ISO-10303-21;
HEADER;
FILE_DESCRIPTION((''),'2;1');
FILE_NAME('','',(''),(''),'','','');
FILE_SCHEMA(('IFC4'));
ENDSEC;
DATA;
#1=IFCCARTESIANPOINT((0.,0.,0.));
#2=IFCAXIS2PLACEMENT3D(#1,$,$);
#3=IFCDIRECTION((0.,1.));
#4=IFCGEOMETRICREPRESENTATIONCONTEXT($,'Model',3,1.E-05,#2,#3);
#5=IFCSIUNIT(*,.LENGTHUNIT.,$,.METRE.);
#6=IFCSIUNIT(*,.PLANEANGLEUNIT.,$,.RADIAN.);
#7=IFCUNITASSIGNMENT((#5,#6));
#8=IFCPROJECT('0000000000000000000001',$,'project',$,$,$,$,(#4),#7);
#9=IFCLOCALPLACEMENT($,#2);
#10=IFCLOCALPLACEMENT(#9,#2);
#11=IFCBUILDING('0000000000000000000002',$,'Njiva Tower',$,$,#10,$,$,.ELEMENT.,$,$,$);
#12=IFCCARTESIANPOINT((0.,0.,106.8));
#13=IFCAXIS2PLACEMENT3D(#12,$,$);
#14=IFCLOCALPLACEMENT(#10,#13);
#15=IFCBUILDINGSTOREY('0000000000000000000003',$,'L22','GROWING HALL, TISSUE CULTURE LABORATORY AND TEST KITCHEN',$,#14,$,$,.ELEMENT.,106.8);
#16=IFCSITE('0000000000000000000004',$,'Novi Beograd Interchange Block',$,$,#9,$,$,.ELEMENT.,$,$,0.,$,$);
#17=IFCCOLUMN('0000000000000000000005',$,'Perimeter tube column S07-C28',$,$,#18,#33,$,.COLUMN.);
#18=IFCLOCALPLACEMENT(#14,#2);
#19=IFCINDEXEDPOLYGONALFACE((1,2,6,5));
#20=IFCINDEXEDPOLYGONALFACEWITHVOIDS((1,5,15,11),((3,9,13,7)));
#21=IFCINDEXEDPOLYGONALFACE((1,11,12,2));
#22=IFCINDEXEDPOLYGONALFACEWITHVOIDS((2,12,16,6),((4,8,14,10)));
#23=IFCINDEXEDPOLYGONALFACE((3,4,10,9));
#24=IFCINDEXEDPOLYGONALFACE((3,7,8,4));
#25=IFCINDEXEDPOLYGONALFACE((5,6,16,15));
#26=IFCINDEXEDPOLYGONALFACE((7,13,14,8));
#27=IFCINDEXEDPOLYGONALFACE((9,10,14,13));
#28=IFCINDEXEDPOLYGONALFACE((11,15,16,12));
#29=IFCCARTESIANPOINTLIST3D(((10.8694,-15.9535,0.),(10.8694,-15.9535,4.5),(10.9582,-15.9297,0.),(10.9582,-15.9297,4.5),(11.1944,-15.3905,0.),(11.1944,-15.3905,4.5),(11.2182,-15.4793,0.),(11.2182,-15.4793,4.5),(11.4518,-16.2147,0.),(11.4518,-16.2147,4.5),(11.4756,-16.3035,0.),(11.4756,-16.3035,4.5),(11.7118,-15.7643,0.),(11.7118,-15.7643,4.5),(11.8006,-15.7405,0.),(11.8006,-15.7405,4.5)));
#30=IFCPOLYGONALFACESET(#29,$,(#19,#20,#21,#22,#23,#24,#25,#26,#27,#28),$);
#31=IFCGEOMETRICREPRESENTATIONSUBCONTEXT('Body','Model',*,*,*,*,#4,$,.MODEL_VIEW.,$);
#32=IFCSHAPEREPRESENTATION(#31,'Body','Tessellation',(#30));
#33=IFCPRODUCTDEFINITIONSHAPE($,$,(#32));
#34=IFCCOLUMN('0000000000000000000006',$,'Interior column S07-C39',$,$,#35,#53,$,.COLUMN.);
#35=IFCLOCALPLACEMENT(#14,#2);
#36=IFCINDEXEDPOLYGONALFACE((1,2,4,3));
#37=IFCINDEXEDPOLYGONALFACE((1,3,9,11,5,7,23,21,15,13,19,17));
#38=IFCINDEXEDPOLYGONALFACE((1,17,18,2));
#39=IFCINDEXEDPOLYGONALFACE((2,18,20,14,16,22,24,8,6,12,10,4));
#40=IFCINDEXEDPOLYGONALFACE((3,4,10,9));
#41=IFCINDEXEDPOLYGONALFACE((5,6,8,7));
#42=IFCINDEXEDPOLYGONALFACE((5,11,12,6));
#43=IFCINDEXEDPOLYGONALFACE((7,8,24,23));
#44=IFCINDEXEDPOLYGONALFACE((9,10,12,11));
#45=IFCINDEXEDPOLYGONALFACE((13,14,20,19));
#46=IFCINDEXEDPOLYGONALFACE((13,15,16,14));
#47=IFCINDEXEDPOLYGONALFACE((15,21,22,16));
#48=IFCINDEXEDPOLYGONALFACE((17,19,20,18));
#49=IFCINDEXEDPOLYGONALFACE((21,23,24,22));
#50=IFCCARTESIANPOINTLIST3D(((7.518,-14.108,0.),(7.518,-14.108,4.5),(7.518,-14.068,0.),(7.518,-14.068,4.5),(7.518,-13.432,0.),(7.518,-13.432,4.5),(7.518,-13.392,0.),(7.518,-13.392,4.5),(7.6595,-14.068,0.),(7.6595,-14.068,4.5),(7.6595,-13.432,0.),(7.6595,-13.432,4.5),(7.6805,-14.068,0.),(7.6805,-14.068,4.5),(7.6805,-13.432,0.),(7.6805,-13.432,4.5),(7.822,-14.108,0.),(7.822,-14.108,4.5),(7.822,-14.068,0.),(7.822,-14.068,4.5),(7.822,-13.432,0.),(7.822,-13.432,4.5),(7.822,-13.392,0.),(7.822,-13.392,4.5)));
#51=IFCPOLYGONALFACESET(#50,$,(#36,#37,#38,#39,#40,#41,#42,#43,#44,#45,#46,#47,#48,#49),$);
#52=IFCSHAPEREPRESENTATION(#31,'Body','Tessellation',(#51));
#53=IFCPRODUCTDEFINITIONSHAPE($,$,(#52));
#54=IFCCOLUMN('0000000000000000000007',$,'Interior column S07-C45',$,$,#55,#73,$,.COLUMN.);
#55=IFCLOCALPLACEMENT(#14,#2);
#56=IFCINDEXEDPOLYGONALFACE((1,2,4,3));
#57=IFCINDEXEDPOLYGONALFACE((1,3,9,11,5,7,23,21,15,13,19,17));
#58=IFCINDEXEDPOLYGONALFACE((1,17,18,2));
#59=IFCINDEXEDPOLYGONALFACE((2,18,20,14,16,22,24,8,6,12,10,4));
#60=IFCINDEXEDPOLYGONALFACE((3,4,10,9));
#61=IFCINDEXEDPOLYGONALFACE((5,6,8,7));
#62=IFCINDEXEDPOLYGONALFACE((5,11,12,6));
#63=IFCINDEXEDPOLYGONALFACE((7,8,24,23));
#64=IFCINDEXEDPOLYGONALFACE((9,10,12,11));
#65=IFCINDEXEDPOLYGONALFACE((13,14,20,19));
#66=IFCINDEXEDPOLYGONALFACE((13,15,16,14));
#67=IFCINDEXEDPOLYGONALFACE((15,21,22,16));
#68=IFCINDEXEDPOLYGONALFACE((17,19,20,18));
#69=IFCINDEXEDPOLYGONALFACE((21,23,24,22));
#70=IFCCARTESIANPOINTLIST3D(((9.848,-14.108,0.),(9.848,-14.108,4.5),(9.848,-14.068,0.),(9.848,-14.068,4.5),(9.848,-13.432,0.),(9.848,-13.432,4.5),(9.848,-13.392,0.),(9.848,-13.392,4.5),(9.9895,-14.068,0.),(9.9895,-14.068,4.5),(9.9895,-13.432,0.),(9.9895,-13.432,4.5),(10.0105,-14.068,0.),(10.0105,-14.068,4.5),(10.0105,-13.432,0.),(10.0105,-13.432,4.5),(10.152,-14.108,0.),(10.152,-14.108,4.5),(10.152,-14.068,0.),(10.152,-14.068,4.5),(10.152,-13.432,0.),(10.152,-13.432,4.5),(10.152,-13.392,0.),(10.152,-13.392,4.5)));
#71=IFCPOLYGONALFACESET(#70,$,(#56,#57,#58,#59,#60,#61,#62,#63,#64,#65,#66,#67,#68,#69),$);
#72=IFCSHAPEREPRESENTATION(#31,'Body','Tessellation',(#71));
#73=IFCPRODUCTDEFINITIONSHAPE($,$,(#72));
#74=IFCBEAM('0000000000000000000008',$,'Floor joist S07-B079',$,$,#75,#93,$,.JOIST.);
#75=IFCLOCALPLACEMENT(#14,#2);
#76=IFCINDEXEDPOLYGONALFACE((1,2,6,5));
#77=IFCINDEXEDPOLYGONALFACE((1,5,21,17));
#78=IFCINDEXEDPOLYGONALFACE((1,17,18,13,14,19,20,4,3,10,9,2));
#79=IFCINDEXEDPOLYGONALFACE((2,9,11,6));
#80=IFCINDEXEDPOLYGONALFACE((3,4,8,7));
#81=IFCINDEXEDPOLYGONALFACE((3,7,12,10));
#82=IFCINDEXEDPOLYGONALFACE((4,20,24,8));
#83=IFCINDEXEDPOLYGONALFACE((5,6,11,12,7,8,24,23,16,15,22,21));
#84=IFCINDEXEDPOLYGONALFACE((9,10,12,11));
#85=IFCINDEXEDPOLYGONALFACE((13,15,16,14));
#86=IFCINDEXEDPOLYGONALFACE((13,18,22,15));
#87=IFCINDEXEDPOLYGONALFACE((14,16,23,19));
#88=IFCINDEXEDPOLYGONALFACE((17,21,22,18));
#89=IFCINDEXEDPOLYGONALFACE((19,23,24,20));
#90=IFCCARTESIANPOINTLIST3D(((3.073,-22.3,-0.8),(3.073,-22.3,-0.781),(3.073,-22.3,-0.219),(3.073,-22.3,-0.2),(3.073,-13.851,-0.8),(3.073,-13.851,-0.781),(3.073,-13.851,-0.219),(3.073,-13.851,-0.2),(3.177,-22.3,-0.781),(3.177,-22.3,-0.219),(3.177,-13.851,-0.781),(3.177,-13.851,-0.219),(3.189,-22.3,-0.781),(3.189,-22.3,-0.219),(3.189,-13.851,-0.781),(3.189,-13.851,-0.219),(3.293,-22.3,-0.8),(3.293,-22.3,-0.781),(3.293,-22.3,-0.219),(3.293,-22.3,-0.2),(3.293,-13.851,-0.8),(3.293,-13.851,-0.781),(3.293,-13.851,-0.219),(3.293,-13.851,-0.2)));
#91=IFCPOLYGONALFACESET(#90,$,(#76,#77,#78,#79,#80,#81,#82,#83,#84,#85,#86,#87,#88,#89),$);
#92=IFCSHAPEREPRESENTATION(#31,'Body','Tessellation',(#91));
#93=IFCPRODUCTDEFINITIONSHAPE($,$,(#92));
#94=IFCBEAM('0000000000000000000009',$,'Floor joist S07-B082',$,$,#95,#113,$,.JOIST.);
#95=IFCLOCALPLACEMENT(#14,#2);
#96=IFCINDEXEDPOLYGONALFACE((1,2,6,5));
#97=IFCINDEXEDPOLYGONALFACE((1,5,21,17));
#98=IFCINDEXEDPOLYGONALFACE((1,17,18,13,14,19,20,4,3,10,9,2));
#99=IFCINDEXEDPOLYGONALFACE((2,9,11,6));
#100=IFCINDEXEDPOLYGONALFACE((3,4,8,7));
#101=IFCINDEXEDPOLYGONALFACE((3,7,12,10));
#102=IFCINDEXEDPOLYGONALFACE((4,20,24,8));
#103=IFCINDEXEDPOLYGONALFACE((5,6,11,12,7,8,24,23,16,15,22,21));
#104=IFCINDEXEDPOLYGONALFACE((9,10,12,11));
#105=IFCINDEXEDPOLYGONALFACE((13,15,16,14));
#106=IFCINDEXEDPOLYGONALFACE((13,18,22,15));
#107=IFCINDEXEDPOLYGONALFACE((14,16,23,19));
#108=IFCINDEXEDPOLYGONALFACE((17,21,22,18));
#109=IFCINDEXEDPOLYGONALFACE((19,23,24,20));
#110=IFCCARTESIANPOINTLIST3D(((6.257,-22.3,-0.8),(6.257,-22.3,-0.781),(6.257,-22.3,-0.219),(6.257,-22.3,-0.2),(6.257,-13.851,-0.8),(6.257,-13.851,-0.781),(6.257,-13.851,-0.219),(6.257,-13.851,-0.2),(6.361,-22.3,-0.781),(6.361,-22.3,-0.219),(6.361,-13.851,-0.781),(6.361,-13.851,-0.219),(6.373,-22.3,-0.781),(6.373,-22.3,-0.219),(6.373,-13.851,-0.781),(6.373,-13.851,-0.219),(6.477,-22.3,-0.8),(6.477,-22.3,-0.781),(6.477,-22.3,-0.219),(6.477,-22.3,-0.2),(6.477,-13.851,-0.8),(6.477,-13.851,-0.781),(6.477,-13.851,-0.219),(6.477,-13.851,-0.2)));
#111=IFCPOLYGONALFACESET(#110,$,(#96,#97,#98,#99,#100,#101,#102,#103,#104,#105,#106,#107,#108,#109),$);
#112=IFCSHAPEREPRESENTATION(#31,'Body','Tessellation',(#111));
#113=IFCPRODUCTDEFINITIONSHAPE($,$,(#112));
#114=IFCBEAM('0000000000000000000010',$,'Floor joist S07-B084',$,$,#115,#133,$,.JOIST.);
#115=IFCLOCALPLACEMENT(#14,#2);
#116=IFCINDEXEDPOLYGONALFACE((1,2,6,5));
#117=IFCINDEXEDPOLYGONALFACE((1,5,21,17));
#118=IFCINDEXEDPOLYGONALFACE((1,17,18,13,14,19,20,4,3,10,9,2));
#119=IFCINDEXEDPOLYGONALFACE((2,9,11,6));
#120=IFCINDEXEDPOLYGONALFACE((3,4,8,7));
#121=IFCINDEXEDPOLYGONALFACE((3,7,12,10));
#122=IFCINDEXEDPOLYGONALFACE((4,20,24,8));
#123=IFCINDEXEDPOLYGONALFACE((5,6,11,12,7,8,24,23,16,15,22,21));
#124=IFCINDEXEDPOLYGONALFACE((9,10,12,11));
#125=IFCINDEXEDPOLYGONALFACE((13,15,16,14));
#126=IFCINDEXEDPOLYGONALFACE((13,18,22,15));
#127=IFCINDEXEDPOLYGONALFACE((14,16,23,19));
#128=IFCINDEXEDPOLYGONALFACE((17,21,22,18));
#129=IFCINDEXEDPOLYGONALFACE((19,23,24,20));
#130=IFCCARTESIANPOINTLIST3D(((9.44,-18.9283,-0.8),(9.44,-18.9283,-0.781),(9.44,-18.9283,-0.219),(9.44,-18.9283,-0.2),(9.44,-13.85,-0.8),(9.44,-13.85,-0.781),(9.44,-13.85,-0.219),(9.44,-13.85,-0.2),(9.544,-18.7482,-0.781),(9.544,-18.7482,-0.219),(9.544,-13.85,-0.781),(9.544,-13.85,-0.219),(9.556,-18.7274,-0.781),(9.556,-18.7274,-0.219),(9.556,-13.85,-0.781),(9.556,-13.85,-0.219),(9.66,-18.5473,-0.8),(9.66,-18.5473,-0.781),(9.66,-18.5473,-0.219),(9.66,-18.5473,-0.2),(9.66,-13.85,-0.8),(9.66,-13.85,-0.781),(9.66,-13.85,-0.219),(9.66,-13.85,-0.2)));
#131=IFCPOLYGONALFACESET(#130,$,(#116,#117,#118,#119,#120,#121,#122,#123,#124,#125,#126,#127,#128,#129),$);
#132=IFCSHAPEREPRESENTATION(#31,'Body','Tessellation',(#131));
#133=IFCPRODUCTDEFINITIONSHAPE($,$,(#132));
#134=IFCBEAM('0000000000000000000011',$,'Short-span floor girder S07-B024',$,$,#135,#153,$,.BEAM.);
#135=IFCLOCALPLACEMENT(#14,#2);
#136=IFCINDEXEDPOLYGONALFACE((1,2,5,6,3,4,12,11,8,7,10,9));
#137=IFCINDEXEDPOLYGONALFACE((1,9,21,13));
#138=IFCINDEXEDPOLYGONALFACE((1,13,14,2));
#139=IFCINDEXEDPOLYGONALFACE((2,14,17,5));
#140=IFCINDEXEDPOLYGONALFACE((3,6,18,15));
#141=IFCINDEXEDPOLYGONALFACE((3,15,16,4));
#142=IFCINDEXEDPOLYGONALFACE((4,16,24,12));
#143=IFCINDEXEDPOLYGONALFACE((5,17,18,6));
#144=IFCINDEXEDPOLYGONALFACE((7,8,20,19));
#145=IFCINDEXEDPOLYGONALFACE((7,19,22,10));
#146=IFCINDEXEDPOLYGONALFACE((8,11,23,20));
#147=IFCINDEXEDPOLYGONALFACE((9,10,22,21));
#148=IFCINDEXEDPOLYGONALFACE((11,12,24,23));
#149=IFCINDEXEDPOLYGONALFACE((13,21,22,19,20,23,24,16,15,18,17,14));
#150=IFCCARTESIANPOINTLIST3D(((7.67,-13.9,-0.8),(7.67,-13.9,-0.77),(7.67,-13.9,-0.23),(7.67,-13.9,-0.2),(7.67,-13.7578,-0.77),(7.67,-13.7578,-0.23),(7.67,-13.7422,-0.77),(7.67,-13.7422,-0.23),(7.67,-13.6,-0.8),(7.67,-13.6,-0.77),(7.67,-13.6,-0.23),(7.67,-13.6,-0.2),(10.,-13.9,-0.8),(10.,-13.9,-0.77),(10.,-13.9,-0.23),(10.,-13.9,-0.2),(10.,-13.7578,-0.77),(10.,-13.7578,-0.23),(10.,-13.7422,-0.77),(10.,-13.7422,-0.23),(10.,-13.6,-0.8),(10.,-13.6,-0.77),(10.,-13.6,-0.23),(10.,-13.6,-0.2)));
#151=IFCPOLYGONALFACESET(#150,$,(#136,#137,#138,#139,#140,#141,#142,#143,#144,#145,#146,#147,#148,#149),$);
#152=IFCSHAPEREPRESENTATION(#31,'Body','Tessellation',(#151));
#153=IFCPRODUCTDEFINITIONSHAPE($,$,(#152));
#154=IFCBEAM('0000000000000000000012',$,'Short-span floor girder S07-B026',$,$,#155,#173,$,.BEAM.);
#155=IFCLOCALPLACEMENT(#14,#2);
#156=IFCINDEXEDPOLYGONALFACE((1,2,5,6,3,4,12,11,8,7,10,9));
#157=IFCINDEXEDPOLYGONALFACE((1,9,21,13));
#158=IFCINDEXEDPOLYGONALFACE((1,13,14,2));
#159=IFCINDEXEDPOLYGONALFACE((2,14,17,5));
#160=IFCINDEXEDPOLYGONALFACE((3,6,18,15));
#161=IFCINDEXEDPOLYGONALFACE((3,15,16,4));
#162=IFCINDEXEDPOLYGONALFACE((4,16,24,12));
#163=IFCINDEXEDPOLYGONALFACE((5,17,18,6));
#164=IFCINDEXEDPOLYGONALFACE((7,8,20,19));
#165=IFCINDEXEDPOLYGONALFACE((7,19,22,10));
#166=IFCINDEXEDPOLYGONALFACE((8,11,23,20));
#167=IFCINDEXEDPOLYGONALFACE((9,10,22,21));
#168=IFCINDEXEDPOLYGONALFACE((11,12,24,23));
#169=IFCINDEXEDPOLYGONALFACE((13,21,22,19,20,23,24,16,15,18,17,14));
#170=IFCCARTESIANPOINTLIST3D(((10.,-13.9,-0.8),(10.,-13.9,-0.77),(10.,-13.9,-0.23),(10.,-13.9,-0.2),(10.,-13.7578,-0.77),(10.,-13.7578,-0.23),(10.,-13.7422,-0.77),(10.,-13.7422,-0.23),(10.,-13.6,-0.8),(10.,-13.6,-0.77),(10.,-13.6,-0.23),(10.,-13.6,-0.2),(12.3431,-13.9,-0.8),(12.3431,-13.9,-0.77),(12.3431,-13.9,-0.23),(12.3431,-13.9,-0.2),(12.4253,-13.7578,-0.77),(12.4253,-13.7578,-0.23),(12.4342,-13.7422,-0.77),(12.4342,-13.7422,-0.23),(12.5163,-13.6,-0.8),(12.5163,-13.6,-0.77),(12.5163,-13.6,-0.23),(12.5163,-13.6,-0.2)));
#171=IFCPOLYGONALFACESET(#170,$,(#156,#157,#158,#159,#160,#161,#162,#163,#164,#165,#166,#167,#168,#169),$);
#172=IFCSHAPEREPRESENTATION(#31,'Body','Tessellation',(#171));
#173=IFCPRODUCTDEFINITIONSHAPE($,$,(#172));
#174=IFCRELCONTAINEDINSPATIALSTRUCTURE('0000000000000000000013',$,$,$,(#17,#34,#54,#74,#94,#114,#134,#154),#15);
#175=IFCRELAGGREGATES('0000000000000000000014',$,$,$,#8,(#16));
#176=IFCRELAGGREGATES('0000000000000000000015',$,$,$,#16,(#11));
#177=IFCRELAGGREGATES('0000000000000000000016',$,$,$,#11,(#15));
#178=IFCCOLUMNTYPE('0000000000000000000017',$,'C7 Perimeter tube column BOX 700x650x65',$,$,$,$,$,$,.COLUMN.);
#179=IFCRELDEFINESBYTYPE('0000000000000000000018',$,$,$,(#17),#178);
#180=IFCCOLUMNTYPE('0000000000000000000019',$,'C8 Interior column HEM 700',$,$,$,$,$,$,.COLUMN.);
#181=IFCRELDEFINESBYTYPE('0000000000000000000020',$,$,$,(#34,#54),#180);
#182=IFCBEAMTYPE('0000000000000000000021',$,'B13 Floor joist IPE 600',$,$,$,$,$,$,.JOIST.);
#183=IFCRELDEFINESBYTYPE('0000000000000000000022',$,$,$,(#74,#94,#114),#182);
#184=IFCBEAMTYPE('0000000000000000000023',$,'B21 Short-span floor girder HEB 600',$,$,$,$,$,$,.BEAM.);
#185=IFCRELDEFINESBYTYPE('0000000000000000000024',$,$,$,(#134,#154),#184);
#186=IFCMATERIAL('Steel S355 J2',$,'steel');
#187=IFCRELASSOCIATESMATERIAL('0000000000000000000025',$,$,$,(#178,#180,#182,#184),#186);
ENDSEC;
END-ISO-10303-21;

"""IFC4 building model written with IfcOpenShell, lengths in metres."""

from ifc_helpers import new_model, si_unit, direction, frame, origin, origin_2d, place, context, subcontext, project, spatial, hollow_rectangle, i_section, extrude, clip, halfspace, material, material_profile, profile_set, type_object, element, save


model = new_model("IFC4")

# Units and contexts
model_context = context("Model", 3, precision=1e-05, world=origin(), true_north=direction((0.0, 1.0)))
body_context = subcontext(model_context, "Body", "Model", "MODEL_VIEW")
ifc_project = project(units=[si_unit("LENGTHUNIT", "METRE"), si_unit("PLANEANGLEUNIT", "RADIAN")], contexts=[model_context])

# Site, building, storey
site_placement = place(None, origin())
site = spatial("IfcSite", under=ifc_project, at=site_placement, Name="Novi Beograd Interchange Block", CompositionType="ELEMENT", RefElevation=0.0)
building_placement = place(site_placement, origin())
building = spatial("IfcBuilding", under=site, at=building_placement, Name="Njiva Tower", CompositionType="ELEMENT")
storey_placement = place(building_placement, frame((0.0, 0.0, 106.8)))
storey = spatial("IfcBuildingStorey", under=building, at=storey_placement, Name="L22", Description="GROWING HALL, TISSUE CULTURE LABORATORY AND TEST KITCHEN", CompositionType="ELEMENT", Elevation=106.8)

# Columns
ifc_material_1 = material(Name="Steel S355 J2", Category="steel")
ifc_material_profile_1 = material_profile(ifc_material_1, hollow_rectangle(XDim=0.65, YDim=0.7, WallThickness=0.065, at=origin_2d()), Name="BOX 700x650x65")
ifc_profile_set_1 = profile_set([ifc_material_profile_1], Name="Steel S355 J2")
column_type_1 = type_object("IfcColumnType", Name="C7 Perimeter tube column BOX 700x650x65", PredefinedType="COLUMN", material=ifc_profile_set_1)
column_placement = place(storey_placement, frame((11.335, -15.847, 0.0), z_axis=(0.0, 0.0, 1.0), x_axis=(0.5, 0.866025, 0.0)))
element("IfcColumn", 1, at=column_placement, inside=storey, type_object=column_type_1, Name="Perimeter tube column S07-C28", PredefinedType="COLUMN", context=body_context, shape_type="SweptSolid", body=[
    extrude(hollow_rectangle(XDim=0.65, YDim=0.7, WallThickness=0.065, at=origin_2d()), origin(), (0.0, 0.0, 1.0), 4.5),
])
ifc_material_profile_2 = material_profile(ifc_material_1, i_section(OverallWidth=0.304, OverallDepth=0.716, WebThickness=0.021, FlangeThickness=0.04, at=origin_2d()), Name="HEM 700")
ifc_profile_set_2 = profile_set([ifc_material_profile_2], Name="Steel S355 J2")
column_type_2 = type_object("IfcColumnType", Name="C8 Interior column HEM 700", PredefinedType="COLUMN", material=ifc_profile_set_2)
for number, where, z_axis, x_axis, name in (
    (2, (7.67, -13.75, 0.0), (0.0, 0.0, 1.0), (1.0, 0.0, 0.0), "Interior column S07-C39"),
    (3, (10.0, -13.75, 0.0), (0.0, 0.0, 1.0), (1.0, 0.0, 0.0), "Interior column S07-C45"),
):
    element("IfcColumn", number, at=place(storey_placement, frame(where, z_axis=z_axis, x_axis=x_axis)), inside=storey, type_object=column_type_2, Name=name, PredefinedType="COLUMN", context=body_context, shape_type="SweptSolid", body=[
        extrude(i_section(OverallWidth=0.304, OverallDepth=0.716, WebThickness=0.021, FlangeThickness=0.04, at=origin_2d()), origin(), (0.0, 0.0, 1.0), 4.5),
    ])

# Beams
ifc_material_profile_3 = material_profile(ifc_material_1, i_section(OverallWidth=0.22, OverallDepth=0.6, WebThickness=0.012, FlangeThickness=0.019, at=origin_2d()), Name="IPE 600")
ifc_profile_set_3 = profile_set([ifc_material_profile_3], Name="Steel S355 J2")
beam_type_1 = type_object("IfcBeamType", Name="B13 Floor joist IPE 600", PredefinedType="JOIST", material=ifc_profile_set_3)
for number, where, z_axis, x_axis, name in (
    (4, (3.183, -13.851, -0.5), (0.0, -1.0, 0.0), (1.0, 0.0, 0.0), "Floor joist S07-B079"),
    (5, (6.367, -13.851, -0.5), (0.0, -1.0, 0.0), (1.0, 0.0, 0.0), "Floor joist S07-B082"),
):
    element("IfcBeam", number, at=place(storey_placement, frame(where, z_axis=z_axis, x_axis=x_axis)), inside=storey, type_object=beam_type_1, Name=name, PredefinedType="JOIST", context=body_context, shape_type="SweptSolid", body=[
        extrude(i_section(OverallWidth=0.22, OverallDepth=0.6, WebThickness=0.012, FlangeThickness=0.019, at=origin_2d()), origin(), (0.0, 0.0, 1.0), 8.449),
    ])
beam_1_placement = place(storey_placement, frame((9.55, -13.85, -0.5), z_axis=(0.0, -1.0, 0.0), x_axis=(1.0, 0.0, 0.0)))
element("IfcBeam", 6, at=beam_1_placement, inside=storey, type_object=beam_type_1, Name="Floor joist S07-B084", PredefinedType="JOIST", context=body_context, shape_type="Clipping", body=[
    clip(extrude(i_section(OverallWidth=0.22, OverallDepth=0.6, WebThickness=0.012, FlangeThickness=0.019, at=origin_2d()), origin(), (0.0, 0.0, 1.0), 5.099), halfspace(frame((0.0433, 0.0, 4.8128), z_axis=(0.866027, 0.0, 0.499998), x_axis=(0.0, 1.0, 0.0)), False)),
])
ifc_material_profile_4 = material_profile(ifc_material_1, i_section(OverallWidth=0.3, OverallDepth=0.6, WebThickness=0.0155, FlangeThickness=0.03, at=origin_2d()), Name="HEB 600")
ifc_profile_set_4 = profile_set([ifc_material_profile_4], Name="Steel S355 J2")
beam_type_2 = type_object("IfcBeamType", Name="B21 Short-span floor girder HEB 600", PredefinedType="BEAM", material=ifc_profile_set_4)
beam_2_placement = place(storey_placement, frame((7.67, -13.75, -0.5), z_axis=(1.0, 0.0, 0.0), x_axis=(0.0, 1.0, 0.0)))
element("IfcBeam", 7, at=beam_2_placement, inside=storey, type_object=beam_type_2, Name="Short-span floor girder S07-B024", PredefinedType="BEAM", context=body_context, shape_type="SweptSolid", body=[
    extrude(i_section(OverallWidth=0.3, OverallDepth=0.6, WebThickness=0.0155, FlangeThickness=0.03, at=origin_2d()), origin(), (0.0, 0.0, 1.0), 2.33),
])
beam_3_placement = place(storey_placement, frame((10.0, -13.75, -0.5), z_axis=(1.0, 0.0, 0.0), x_axis=(0.0, 1.0, 0.0)))
element("IfcBeam", 8, at=beam_3_placement, inside=storey, type_object=beam_type_2, Name="Short-span floor girder S07-B026", PredefinedType="BEAM", context=body_context, shape_type="Clipping", body=[
    clip(extrude(i_section(OverallWidth=0.3, OverallDepth=0.6, WebThickness=0.0155, FlangeThickness=0.03, at=origin_2d()), origin(), (0.0, 0.0, 1.0), 2.537), halfspace(frame((-0.025, 0.0, 2.4153), z_axis=(-0.499998, 0.0, 0.866027), x_axis=(0.0, 1.0, 0.0)), False)),
])

save(model, "model.ifc")
